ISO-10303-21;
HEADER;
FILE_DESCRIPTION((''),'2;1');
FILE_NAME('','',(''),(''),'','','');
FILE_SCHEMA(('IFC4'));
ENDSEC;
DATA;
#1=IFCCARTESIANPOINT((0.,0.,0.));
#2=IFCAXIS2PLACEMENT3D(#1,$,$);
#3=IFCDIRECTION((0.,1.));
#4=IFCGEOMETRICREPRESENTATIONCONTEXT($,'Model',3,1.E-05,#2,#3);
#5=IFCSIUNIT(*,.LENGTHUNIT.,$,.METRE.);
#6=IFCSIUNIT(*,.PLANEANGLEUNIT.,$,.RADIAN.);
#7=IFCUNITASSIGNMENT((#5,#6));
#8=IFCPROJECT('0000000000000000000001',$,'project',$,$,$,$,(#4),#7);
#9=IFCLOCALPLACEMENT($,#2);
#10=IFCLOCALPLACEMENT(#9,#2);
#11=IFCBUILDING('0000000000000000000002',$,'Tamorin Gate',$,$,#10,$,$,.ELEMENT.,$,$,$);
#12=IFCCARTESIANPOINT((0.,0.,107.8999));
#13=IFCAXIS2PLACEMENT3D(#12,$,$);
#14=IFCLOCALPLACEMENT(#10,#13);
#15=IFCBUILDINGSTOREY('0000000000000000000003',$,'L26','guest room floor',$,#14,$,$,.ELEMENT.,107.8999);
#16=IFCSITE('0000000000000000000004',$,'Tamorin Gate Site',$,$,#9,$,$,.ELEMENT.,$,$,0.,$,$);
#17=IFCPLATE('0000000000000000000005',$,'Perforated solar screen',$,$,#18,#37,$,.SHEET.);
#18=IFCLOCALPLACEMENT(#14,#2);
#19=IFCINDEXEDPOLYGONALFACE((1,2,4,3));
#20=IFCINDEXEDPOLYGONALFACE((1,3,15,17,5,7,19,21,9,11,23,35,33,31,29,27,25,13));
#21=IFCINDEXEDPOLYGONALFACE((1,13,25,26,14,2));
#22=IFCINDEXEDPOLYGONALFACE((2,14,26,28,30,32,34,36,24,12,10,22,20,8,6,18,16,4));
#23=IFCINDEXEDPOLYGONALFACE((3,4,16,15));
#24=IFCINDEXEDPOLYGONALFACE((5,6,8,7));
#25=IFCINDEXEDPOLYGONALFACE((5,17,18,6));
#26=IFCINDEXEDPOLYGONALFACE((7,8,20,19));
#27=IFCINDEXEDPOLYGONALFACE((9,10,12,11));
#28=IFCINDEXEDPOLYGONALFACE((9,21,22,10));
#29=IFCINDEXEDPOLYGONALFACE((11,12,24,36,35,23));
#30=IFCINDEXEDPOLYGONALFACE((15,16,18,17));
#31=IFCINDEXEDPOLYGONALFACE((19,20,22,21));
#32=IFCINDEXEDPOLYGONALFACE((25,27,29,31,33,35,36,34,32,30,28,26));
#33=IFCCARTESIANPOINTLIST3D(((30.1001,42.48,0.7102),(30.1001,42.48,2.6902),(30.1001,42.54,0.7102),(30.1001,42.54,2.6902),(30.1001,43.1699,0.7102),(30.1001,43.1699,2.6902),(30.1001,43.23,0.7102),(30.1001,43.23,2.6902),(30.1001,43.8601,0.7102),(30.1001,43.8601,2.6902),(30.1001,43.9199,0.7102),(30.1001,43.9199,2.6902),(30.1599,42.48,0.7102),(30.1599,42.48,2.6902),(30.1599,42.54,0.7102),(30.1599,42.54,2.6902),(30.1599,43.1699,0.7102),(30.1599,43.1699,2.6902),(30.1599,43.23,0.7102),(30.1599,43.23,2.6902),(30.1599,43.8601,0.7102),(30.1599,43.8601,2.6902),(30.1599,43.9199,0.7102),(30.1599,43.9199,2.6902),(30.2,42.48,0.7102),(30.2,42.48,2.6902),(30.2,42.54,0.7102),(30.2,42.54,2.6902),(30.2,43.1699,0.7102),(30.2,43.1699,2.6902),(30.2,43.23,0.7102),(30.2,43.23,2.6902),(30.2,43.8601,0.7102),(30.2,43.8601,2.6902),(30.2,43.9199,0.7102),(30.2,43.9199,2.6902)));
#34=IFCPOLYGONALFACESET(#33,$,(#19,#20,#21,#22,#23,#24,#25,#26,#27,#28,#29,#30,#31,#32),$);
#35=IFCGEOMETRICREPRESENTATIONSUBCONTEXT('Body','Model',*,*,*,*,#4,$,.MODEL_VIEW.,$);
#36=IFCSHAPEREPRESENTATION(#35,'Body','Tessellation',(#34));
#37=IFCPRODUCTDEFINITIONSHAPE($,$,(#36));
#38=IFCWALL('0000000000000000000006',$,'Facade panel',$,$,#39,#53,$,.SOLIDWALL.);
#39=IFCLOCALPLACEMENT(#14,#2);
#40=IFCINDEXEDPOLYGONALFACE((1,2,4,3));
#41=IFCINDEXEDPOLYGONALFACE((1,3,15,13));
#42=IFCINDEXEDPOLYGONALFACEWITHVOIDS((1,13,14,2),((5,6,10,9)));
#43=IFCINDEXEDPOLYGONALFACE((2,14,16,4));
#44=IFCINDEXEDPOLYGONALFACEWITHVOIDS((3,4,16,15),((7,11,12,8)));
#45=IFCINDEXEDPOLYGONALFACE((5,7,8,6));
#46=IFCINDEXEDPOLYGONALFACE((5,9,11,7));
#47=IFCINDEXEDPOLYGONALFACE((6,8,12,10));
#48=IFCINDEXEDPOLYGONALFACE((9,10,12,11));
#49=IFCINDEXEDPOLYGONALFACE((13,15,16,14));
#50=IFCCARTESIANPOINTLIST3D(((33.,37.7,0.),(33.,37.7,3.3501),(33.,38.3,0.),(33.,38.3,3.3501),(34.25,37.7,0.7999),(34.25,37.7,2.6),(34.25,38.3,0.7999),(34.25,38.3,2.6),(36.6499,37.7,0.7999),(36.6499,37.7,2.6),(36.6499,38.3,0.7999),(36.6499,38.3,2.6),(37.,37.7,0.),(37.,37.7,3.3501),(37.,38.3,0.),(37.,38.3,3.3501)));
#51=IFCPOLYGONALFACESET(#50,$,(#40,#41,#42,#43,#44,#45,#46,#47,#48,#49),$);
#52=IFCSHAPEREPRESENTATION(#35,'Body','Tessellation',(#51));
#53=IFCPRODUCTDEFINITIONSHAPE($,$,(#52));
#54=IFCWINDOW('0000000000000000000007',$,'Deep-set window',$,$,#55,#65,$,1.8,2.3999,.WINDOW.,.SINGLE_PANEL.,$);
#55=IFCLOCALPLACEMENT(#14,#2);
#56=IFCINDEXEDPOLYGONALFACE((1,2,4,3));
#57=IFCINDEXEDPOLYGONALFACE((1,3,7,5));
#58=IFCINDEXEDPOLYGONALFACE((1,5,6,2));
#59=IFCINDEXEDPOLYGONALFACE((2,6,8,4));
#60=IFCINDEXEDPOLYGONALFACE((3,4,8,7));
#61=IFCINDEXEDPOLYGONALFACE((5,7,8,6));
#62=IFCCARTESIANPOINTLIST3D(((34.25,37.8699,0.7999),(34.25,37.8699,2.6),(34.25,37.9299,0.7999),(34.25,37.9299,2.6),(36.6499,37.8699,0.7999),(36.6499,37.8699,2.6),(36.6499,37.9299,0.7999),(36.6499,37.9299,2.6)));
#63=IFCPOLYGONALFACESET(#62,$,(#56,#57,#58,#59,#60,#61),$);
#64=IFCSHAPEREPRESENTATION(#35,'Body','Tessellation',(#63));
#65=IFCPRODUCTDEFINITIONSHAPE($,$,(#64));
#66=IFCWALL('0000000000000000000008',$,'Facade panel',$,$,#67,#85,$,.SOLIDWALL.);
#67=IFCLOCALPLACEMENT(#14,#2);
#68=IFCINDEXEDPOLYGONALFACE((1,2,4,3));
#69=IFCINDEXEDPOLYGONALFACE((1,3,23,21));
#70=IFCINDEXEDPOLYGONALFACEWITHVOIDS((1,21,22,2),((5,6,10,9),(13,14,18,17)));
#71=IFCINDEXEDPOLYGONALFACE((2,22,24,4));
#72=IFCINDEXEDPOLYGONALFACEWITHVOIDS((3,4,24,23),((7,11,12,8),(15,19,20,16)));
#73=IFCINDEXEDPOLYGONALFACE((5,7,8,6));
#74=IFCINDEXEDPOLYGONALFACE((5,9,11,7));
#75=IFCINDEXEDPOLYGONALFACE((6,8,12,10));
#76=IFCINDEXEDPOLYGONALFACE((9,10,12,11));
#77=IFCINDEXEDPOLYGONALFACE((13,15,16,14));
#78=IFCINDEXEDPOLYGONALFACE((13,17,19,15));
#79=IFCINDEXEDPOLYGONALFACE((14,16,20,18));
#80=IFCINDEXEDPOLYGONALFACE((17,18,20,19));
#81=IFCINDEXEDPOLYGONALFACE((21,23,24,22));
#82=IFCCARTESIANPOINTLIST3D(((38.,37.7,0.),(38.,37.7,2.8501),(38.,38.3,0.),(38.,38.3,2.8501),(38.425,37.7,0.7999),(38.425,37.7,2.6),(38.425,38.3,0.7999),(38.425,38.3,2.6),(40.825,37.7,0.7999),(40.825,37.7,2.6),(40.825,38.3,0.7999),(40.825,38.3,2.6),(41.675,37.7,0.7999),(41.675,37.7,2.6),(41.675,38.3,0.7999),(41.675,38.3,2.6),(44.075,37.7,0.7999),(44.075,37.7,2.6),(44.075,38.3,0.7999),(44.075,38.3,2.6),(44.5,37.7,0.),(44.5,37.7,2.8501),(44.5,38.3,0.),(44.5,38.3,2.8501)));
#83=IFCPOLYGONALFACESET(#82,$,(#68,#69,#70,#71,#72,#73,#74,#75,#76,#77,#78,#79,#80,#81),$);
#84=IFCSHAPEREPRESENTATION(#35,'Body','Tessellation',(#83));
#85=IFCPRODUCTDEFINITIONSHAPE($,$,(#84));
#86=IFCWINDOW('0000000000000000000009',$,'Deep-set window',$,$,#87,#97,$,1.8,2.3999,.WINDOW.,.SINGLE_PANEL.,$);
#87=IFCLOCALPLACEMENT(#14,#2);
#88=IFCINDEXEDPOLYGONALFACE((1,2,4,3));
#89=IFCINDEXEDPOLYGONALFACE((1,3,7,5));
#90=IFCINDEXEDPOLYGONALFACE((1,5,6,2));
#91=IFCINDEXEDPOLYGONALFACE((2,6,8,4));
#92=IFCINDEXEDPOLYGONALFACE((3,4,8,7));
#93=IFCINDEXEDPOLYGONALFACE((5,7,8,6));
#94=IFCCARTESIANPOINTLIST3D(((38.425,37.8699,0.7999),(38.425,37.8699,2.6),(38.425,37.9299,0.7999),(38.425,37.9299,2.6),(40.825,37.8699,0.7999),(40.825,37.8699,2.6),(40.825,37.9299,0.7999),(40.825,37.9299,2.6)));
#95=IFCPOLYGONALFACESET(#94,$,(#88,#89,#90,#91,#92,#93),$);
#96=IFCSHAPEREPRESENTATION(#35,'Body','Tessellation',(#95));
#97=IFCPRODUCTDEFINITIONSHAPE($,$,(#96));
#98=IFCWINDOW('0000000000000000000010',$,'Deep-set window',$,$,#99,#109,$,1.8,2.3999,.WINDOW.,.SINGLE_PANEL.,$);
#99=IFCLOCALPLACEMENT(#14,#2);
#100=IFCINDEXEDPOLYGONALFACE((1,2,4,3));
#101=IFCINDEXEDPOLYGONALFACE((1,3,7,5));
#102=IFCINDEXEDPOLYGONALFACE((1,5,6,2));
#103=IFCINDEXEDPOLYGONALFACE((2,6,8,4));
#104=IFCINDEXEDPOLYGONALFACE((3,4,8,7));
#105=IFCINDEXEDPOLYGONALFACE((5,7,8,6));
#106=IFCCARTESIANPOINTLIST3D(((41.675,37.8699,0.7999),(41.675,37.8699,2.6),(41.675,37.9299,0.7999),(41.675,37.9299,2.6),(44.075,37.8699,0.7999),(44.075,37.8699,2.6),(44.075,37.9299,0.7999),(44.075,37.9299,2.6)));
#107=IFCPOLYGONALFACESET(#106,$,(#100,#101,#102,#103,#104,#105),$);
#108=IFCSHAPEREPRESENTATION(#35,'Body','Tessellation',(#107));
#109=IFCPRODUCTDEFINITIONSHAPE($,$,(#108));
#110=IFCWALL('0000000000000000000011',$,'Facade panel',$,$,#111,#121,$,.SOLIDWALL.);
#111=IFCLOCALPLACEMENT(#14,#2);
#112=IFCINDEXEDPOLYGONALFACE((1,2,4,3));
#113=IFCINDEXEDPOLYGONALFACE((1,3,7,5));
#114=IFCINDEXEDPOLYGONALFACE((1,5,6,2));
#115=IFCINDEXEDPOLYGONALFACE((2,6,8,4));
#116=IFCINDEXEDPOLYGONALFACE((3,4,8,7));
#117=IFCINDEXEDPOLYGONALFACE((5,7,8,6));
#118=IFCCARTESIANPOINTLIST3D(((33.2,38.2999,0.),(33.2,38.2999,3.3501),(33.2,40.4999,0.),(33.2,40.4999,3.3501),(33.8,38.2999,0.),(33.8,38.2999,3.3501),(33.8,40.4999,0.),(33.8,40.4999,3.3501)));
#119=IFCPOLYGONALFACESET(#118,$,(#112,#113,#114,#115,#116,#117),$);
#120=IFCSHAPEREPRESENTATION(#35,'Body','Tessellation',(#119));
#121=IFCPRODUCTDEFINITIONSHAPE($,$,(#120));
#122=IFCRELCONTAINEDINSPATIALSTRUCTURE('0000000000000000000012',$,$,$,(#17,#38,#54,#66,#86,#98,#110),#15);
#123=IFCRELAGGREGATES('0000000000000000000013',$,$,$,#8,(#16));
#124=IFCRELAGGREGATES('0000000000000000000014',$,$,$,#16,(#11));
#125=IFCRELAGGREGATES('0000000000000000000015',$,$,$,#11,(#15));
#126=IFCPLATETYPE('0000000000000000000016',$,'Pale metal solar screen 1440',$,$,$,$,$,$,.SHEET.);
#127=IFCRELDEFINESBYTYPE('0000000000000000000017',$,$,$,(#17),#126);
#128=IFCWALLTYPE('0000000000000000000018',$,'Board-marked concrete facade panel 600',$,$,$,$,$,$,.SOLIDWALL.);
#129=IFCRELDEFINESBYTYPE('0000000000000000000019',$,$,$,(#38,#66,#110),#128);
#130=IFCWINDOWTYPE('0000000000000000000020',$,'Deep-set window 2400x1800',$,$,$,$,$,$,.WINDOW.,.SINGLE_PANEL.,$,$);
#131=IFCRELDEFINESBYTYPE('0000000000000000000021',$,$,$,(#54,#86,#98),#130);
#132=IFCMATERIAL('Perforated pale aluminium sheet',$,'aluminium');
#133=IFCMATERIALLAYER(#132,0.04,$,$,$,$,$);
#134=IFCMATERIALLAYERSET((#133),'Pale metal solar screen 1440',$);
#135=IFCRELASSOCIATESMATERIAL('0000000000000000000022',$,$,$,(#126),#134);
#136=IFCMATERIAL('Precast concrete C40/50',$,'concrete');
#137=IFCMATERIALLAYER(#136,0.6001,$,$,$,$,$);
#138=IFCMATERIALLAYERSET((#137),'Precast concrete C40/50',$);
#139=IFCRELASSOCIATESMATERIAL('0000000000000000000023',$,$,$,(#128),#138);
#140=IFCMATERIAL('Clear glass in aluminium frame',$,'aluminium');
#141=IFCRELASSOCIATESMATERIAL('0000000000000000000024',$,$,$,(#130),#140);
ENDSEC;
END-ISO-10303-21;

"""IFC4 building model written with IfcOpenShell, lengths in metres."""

from ifc_helpers import new_model, si_unit, direction, frame, frame_2d, origin, place, context, subcontext, project, spatial, polyline, rectangle, outline, extrude, material, layer, layer_set, type_object, element, fill, save


model = new_model("IFC4")

# Units and contexts
model_context = context("Model", 3, precision=1e-05, world=origin(), true_north=direction((0.0, 1.0)))
body_context = subcontext(model_context, "Body", "Model", "MODEL_VIEW")
ifc_project = project(units=[si_unit("LENGTHUNIT", "METRE"), si_unit("PLANEANGLEUNIT", "RADIAN")], contexts=[model_context])

# Site, building, storey
site_placement = place(None, origin())
site = spatial("IfcSite", under=ifc_project, at=site_placement, Name="Tamorin Gate Site", CompositionType="ELEMENT", RefElevation=0.0)
building_placement = place(site_placement, origin())
building = spatial("IfcBuilding", under=site, at=building_placement, Name="Tamorin Gate", CompositionType="ELEMENT")
storey_placement = place(building_placement, frame((0.0, 0.0, 107.8999)))
storey = spatial("IfcBuildingStorey", under=building, at=storey_placement, Name="L26", Description="guest room floor", CompositionType="ELEMENT", Elevation=107.8999)

# Plate
ifc_material_1 = material(Name="Perforated pale aluminium sheet", Category="aluminium")
ifc_layer_1 = layer(ifc_material_1, 0.04)
ifc_layer_set_1 = layer_set([ifc_layer_1], Name="Pale metal solar screen 1440")
plate_type = type_object("IfcPlateType", Name="Pale metal solar screen 1440", PredefinedType="SHEET", material=ifc_layer_set_1)
plate_1_placement = place(storey_placement, frame((0.0, 0.0, 0.7102)))
element("IfcPlate", 1, at=plate_1_placement, inside=storey, type_object=plate_type, Name="Perforated solar screen", PredefinedType="SHEET", context=body_context, shape_type="SweptSolid", body=[
    extrude(outline(polyline([(30.1599, 43.9199), (30.2, 43.9199), (30.2, 43.8601), (30.2, 43.23), (30.2, 43.1699), (30.2, 42.54), (30.2, 42.48), (30.1599, 42.48), (30.1001, 42.48), (30.1001, 42.54), (30.1599, 42.54), (30.1599, 43.1699), (30.1001, 43.1699), (30.1001, 43.23), (30.1599, 43.23), (30.1599, 43.8601), (30.1001, 43.8601), (30.1001, 43.9199), (30.1599, 43.9199)])), origin(), (0.0, 0.0, 1.0), 1.98),
])

# Wall, opening, window
ifc_material_2 = material(Name="Precast concrete C40/50", Category="concrete")
ifc_layer_2 = layer(ifc_material_2, 0.6001)
ifc_layer_set_2 = layer_set([ifc_layer_2], Name="Precast concrete C40/50")
wall_type = type_object("IfcWallType", Name="Board-marked concrete facade panel 600", PredefinedType="SOLIDWALL", material=ifc_layer_set_2)
wall_1_placement = place(storey_placement, frame((33.0, 38.0, 0.0), z_axis=(0.0, 0.0, 1.0), x_axis=(1.0, 0.0, 0.0)))
wall_1 = element("IfcWall", 2, at=wall_1_placement, inside=storey, type_object=wall_type, Name="Facade panel", PredefinedType="SOLIDWALL", context=body_context, shape_type="SweptSolid", body=[
    extrude(rectangle(XDim=4.0, YDim=0.6001, at=frame_2d((2.0, 0.0))), origin(), (0.0, 0.0, 1.0), 3.3501),
])
opening_1_placement = place(wall_1_placement, frame((1.25, 0.0, 0.8)))
opening_1 = element("IfcOpeningElement", 3, at=opening_1_placement, cuts=wall_1, PredefinedType="OPENING", context=body_context, shape_type="SweptSolid", body=[
    extrude(rectangle(XDim=2.3999, YDim=1.8, at=frame_2d((1.2, 0.8999))), frame((0.0, 0.3101, 0.0), z_axis=(0.0, -1.0, 0.0), x_axis=(1.0, 0.0, 0.0)), (0.0, 0.0, 1.0), 0.6201),
])
ifc_material_3 = material(Name="Clear glass in aluminium frame", Category="aluminium")
window_type = type_object("IfcWindowType", Name="Deep-set window 2400x1800", PartitioningType="SINGLE_PANEL", PredefinedType="WINDOW", material=ifc_material_3)
window_1_placement = place(opening_1_placement, origin())
window_1 = element("IfcWindow", 4, at=window_1_placement, inside=storey, type_object=window_type, Name="Deep-set window", OverallHeight=1.8, OverallWidth=2.3999, PartitioningType="SINGLE_PANEL", PredefinedType="WINDOW", context=body_context, shape_type="SweptSolid", body=[
    extrude(rectangle(XDim=2.3999, YDim=1.8, at=frame_2d((1.2, 0.8999))), frame((0.0, -0.0701, 0.0), z_axis=(0.0, -1.0, 0.0), x_axis=(1.0, 0.0, 0.0)), (0.0, 0.0, 1.0), 0.0601),
])
fill(opening_1, window_1)

# Wall, openings, windows
wall_2_placement = place(storey_placement, frame((38.0, 38.0, 0.0), z_axis=(0.0, 0.0, 1.0), x_axis=(1.0, 0.0, 0.0)))
wall_2 = element("IfcWall", 5, at=wall_2_placement, inside=storey, type_object=wall_type, Name="Facade panel", PredefinedType="SOLIDWALL", context=body_context, shape_type="SweptSolid", body=[
    extrude(rectangle(XDim=6.5, YDim=0.6001, at=frame_2d((3.25, 0.0))), origin(), (0.0, 0.0, 1.0), 2.8501),
])
opening_2_placement = place(wall_2_placement, frame((0.425, 0.0, 0.8)))
opening_2 = element("IfcOpeningElement", 6, at=opening_2_placement, cuts=wall_2, PredefinedType="OPENING", context=body_context, shape_type="SweptSolid", body=[
    extrude(rectangle(XDim=2.3999, YDim=1.8, at=frame_2d((1.2, 0.8999))), frame((0.0, 0.3101, 0.0), z_axis=(0.0, -1.0, 0.0), x_axis=(1.0, 0.0, 0.0)), (0.0, 0.0, 1.0), 0.6201),
])
opening_3_placement = place(wall_2_placement, frame((3.675, 0.0, 0.8)))
opening_3 = element("IfcOpeningElement", 7, at=opening_3_placement, cuts=wall_2, PredefinedType="OPENING", context=body_context, shape_type="SweptSolid", body=[
    extrude(rectangle(XDim=2.3999, YDim=1.8, at=frame_2d((1.2, 0.8999))), frame((0.0, 0.3101, 0.0), z_axis=(0.0, -1.0, 0.0), x_axis=(1.0, 0.0, 0.0)), (0.0, 0.0, 1.0), 0.6201),
])
window_2_placement = place(opening_2_placement, origin())
window_2 = element("IfcWindow", 8, at=window_2_placement, inside=storey, type_object=window_type, Name="Deep-set window", OverallHeight=1.8, OverallWidth=2.3999, PartitioningType="SINGLE_PANEL", PredefinedType="WINDOW", context=body_context, shape_type="SweptSolid", body=[
    extrude(rectangle(XDim=2.3999, YDim=1.8, at=frame_2d((1.2, 0.8999))), frame((0.0, -0.0701, 0.0), z_axis=(0.0, -1.0, 0.0), x_axis=(1.0, 0.0, 0.0)), (0.0, 0.0, 1.0), 0.0601),
])
fill(opening_2, window_2)
window_3_placement = place(opening_3_placement, origin())
window_3 = element("IfcWindow", 9, at=window_3_placement, inside=storey, type_object=window_type, Name="Deep-set window", OverallHeight=1.8, OverallWidth=2.3999, PartitioningType="SINGLE_PANEL", PredefinedType="WINDOW", context=body_context, shape_type="SweptSolid", body=[
    extrude(rectangle(XDim=2.3999, YDim=1.8, at=frame_2d((1.2, 0.8999))), frame((0.0, -0.0701, 0.0), z_axis=(0.0, -1.0, 0.0), x_axis=(1.0, 0.0, 0.0)), (0.0, 0.0, 1.0), 0.0601),
])
fill(opening_3, window_3)

# Wall
wall_3_placement = place(storey_placement, frame((33.5, 40.5, 0.0), z_axis=(0.0, 0.0, 1.0), x_axis=(0.0, -1.0, 0.0)))
element("IfcWall", 10, at=wall_3_placement, inside=storey, type_object=wall_type, Name="Facade panel", PredefinedType="SOLIDWALL", context=body_context, shape_type="SweptSolid", body=[
    extrude(rectangle(XDim=2.2, YDim=0.6001, at=frame_2d((1.1001, 0.0))), origin(), (0.0, 0.0, 1.0), 3.3501),
])

save(model, "model.ifc")
